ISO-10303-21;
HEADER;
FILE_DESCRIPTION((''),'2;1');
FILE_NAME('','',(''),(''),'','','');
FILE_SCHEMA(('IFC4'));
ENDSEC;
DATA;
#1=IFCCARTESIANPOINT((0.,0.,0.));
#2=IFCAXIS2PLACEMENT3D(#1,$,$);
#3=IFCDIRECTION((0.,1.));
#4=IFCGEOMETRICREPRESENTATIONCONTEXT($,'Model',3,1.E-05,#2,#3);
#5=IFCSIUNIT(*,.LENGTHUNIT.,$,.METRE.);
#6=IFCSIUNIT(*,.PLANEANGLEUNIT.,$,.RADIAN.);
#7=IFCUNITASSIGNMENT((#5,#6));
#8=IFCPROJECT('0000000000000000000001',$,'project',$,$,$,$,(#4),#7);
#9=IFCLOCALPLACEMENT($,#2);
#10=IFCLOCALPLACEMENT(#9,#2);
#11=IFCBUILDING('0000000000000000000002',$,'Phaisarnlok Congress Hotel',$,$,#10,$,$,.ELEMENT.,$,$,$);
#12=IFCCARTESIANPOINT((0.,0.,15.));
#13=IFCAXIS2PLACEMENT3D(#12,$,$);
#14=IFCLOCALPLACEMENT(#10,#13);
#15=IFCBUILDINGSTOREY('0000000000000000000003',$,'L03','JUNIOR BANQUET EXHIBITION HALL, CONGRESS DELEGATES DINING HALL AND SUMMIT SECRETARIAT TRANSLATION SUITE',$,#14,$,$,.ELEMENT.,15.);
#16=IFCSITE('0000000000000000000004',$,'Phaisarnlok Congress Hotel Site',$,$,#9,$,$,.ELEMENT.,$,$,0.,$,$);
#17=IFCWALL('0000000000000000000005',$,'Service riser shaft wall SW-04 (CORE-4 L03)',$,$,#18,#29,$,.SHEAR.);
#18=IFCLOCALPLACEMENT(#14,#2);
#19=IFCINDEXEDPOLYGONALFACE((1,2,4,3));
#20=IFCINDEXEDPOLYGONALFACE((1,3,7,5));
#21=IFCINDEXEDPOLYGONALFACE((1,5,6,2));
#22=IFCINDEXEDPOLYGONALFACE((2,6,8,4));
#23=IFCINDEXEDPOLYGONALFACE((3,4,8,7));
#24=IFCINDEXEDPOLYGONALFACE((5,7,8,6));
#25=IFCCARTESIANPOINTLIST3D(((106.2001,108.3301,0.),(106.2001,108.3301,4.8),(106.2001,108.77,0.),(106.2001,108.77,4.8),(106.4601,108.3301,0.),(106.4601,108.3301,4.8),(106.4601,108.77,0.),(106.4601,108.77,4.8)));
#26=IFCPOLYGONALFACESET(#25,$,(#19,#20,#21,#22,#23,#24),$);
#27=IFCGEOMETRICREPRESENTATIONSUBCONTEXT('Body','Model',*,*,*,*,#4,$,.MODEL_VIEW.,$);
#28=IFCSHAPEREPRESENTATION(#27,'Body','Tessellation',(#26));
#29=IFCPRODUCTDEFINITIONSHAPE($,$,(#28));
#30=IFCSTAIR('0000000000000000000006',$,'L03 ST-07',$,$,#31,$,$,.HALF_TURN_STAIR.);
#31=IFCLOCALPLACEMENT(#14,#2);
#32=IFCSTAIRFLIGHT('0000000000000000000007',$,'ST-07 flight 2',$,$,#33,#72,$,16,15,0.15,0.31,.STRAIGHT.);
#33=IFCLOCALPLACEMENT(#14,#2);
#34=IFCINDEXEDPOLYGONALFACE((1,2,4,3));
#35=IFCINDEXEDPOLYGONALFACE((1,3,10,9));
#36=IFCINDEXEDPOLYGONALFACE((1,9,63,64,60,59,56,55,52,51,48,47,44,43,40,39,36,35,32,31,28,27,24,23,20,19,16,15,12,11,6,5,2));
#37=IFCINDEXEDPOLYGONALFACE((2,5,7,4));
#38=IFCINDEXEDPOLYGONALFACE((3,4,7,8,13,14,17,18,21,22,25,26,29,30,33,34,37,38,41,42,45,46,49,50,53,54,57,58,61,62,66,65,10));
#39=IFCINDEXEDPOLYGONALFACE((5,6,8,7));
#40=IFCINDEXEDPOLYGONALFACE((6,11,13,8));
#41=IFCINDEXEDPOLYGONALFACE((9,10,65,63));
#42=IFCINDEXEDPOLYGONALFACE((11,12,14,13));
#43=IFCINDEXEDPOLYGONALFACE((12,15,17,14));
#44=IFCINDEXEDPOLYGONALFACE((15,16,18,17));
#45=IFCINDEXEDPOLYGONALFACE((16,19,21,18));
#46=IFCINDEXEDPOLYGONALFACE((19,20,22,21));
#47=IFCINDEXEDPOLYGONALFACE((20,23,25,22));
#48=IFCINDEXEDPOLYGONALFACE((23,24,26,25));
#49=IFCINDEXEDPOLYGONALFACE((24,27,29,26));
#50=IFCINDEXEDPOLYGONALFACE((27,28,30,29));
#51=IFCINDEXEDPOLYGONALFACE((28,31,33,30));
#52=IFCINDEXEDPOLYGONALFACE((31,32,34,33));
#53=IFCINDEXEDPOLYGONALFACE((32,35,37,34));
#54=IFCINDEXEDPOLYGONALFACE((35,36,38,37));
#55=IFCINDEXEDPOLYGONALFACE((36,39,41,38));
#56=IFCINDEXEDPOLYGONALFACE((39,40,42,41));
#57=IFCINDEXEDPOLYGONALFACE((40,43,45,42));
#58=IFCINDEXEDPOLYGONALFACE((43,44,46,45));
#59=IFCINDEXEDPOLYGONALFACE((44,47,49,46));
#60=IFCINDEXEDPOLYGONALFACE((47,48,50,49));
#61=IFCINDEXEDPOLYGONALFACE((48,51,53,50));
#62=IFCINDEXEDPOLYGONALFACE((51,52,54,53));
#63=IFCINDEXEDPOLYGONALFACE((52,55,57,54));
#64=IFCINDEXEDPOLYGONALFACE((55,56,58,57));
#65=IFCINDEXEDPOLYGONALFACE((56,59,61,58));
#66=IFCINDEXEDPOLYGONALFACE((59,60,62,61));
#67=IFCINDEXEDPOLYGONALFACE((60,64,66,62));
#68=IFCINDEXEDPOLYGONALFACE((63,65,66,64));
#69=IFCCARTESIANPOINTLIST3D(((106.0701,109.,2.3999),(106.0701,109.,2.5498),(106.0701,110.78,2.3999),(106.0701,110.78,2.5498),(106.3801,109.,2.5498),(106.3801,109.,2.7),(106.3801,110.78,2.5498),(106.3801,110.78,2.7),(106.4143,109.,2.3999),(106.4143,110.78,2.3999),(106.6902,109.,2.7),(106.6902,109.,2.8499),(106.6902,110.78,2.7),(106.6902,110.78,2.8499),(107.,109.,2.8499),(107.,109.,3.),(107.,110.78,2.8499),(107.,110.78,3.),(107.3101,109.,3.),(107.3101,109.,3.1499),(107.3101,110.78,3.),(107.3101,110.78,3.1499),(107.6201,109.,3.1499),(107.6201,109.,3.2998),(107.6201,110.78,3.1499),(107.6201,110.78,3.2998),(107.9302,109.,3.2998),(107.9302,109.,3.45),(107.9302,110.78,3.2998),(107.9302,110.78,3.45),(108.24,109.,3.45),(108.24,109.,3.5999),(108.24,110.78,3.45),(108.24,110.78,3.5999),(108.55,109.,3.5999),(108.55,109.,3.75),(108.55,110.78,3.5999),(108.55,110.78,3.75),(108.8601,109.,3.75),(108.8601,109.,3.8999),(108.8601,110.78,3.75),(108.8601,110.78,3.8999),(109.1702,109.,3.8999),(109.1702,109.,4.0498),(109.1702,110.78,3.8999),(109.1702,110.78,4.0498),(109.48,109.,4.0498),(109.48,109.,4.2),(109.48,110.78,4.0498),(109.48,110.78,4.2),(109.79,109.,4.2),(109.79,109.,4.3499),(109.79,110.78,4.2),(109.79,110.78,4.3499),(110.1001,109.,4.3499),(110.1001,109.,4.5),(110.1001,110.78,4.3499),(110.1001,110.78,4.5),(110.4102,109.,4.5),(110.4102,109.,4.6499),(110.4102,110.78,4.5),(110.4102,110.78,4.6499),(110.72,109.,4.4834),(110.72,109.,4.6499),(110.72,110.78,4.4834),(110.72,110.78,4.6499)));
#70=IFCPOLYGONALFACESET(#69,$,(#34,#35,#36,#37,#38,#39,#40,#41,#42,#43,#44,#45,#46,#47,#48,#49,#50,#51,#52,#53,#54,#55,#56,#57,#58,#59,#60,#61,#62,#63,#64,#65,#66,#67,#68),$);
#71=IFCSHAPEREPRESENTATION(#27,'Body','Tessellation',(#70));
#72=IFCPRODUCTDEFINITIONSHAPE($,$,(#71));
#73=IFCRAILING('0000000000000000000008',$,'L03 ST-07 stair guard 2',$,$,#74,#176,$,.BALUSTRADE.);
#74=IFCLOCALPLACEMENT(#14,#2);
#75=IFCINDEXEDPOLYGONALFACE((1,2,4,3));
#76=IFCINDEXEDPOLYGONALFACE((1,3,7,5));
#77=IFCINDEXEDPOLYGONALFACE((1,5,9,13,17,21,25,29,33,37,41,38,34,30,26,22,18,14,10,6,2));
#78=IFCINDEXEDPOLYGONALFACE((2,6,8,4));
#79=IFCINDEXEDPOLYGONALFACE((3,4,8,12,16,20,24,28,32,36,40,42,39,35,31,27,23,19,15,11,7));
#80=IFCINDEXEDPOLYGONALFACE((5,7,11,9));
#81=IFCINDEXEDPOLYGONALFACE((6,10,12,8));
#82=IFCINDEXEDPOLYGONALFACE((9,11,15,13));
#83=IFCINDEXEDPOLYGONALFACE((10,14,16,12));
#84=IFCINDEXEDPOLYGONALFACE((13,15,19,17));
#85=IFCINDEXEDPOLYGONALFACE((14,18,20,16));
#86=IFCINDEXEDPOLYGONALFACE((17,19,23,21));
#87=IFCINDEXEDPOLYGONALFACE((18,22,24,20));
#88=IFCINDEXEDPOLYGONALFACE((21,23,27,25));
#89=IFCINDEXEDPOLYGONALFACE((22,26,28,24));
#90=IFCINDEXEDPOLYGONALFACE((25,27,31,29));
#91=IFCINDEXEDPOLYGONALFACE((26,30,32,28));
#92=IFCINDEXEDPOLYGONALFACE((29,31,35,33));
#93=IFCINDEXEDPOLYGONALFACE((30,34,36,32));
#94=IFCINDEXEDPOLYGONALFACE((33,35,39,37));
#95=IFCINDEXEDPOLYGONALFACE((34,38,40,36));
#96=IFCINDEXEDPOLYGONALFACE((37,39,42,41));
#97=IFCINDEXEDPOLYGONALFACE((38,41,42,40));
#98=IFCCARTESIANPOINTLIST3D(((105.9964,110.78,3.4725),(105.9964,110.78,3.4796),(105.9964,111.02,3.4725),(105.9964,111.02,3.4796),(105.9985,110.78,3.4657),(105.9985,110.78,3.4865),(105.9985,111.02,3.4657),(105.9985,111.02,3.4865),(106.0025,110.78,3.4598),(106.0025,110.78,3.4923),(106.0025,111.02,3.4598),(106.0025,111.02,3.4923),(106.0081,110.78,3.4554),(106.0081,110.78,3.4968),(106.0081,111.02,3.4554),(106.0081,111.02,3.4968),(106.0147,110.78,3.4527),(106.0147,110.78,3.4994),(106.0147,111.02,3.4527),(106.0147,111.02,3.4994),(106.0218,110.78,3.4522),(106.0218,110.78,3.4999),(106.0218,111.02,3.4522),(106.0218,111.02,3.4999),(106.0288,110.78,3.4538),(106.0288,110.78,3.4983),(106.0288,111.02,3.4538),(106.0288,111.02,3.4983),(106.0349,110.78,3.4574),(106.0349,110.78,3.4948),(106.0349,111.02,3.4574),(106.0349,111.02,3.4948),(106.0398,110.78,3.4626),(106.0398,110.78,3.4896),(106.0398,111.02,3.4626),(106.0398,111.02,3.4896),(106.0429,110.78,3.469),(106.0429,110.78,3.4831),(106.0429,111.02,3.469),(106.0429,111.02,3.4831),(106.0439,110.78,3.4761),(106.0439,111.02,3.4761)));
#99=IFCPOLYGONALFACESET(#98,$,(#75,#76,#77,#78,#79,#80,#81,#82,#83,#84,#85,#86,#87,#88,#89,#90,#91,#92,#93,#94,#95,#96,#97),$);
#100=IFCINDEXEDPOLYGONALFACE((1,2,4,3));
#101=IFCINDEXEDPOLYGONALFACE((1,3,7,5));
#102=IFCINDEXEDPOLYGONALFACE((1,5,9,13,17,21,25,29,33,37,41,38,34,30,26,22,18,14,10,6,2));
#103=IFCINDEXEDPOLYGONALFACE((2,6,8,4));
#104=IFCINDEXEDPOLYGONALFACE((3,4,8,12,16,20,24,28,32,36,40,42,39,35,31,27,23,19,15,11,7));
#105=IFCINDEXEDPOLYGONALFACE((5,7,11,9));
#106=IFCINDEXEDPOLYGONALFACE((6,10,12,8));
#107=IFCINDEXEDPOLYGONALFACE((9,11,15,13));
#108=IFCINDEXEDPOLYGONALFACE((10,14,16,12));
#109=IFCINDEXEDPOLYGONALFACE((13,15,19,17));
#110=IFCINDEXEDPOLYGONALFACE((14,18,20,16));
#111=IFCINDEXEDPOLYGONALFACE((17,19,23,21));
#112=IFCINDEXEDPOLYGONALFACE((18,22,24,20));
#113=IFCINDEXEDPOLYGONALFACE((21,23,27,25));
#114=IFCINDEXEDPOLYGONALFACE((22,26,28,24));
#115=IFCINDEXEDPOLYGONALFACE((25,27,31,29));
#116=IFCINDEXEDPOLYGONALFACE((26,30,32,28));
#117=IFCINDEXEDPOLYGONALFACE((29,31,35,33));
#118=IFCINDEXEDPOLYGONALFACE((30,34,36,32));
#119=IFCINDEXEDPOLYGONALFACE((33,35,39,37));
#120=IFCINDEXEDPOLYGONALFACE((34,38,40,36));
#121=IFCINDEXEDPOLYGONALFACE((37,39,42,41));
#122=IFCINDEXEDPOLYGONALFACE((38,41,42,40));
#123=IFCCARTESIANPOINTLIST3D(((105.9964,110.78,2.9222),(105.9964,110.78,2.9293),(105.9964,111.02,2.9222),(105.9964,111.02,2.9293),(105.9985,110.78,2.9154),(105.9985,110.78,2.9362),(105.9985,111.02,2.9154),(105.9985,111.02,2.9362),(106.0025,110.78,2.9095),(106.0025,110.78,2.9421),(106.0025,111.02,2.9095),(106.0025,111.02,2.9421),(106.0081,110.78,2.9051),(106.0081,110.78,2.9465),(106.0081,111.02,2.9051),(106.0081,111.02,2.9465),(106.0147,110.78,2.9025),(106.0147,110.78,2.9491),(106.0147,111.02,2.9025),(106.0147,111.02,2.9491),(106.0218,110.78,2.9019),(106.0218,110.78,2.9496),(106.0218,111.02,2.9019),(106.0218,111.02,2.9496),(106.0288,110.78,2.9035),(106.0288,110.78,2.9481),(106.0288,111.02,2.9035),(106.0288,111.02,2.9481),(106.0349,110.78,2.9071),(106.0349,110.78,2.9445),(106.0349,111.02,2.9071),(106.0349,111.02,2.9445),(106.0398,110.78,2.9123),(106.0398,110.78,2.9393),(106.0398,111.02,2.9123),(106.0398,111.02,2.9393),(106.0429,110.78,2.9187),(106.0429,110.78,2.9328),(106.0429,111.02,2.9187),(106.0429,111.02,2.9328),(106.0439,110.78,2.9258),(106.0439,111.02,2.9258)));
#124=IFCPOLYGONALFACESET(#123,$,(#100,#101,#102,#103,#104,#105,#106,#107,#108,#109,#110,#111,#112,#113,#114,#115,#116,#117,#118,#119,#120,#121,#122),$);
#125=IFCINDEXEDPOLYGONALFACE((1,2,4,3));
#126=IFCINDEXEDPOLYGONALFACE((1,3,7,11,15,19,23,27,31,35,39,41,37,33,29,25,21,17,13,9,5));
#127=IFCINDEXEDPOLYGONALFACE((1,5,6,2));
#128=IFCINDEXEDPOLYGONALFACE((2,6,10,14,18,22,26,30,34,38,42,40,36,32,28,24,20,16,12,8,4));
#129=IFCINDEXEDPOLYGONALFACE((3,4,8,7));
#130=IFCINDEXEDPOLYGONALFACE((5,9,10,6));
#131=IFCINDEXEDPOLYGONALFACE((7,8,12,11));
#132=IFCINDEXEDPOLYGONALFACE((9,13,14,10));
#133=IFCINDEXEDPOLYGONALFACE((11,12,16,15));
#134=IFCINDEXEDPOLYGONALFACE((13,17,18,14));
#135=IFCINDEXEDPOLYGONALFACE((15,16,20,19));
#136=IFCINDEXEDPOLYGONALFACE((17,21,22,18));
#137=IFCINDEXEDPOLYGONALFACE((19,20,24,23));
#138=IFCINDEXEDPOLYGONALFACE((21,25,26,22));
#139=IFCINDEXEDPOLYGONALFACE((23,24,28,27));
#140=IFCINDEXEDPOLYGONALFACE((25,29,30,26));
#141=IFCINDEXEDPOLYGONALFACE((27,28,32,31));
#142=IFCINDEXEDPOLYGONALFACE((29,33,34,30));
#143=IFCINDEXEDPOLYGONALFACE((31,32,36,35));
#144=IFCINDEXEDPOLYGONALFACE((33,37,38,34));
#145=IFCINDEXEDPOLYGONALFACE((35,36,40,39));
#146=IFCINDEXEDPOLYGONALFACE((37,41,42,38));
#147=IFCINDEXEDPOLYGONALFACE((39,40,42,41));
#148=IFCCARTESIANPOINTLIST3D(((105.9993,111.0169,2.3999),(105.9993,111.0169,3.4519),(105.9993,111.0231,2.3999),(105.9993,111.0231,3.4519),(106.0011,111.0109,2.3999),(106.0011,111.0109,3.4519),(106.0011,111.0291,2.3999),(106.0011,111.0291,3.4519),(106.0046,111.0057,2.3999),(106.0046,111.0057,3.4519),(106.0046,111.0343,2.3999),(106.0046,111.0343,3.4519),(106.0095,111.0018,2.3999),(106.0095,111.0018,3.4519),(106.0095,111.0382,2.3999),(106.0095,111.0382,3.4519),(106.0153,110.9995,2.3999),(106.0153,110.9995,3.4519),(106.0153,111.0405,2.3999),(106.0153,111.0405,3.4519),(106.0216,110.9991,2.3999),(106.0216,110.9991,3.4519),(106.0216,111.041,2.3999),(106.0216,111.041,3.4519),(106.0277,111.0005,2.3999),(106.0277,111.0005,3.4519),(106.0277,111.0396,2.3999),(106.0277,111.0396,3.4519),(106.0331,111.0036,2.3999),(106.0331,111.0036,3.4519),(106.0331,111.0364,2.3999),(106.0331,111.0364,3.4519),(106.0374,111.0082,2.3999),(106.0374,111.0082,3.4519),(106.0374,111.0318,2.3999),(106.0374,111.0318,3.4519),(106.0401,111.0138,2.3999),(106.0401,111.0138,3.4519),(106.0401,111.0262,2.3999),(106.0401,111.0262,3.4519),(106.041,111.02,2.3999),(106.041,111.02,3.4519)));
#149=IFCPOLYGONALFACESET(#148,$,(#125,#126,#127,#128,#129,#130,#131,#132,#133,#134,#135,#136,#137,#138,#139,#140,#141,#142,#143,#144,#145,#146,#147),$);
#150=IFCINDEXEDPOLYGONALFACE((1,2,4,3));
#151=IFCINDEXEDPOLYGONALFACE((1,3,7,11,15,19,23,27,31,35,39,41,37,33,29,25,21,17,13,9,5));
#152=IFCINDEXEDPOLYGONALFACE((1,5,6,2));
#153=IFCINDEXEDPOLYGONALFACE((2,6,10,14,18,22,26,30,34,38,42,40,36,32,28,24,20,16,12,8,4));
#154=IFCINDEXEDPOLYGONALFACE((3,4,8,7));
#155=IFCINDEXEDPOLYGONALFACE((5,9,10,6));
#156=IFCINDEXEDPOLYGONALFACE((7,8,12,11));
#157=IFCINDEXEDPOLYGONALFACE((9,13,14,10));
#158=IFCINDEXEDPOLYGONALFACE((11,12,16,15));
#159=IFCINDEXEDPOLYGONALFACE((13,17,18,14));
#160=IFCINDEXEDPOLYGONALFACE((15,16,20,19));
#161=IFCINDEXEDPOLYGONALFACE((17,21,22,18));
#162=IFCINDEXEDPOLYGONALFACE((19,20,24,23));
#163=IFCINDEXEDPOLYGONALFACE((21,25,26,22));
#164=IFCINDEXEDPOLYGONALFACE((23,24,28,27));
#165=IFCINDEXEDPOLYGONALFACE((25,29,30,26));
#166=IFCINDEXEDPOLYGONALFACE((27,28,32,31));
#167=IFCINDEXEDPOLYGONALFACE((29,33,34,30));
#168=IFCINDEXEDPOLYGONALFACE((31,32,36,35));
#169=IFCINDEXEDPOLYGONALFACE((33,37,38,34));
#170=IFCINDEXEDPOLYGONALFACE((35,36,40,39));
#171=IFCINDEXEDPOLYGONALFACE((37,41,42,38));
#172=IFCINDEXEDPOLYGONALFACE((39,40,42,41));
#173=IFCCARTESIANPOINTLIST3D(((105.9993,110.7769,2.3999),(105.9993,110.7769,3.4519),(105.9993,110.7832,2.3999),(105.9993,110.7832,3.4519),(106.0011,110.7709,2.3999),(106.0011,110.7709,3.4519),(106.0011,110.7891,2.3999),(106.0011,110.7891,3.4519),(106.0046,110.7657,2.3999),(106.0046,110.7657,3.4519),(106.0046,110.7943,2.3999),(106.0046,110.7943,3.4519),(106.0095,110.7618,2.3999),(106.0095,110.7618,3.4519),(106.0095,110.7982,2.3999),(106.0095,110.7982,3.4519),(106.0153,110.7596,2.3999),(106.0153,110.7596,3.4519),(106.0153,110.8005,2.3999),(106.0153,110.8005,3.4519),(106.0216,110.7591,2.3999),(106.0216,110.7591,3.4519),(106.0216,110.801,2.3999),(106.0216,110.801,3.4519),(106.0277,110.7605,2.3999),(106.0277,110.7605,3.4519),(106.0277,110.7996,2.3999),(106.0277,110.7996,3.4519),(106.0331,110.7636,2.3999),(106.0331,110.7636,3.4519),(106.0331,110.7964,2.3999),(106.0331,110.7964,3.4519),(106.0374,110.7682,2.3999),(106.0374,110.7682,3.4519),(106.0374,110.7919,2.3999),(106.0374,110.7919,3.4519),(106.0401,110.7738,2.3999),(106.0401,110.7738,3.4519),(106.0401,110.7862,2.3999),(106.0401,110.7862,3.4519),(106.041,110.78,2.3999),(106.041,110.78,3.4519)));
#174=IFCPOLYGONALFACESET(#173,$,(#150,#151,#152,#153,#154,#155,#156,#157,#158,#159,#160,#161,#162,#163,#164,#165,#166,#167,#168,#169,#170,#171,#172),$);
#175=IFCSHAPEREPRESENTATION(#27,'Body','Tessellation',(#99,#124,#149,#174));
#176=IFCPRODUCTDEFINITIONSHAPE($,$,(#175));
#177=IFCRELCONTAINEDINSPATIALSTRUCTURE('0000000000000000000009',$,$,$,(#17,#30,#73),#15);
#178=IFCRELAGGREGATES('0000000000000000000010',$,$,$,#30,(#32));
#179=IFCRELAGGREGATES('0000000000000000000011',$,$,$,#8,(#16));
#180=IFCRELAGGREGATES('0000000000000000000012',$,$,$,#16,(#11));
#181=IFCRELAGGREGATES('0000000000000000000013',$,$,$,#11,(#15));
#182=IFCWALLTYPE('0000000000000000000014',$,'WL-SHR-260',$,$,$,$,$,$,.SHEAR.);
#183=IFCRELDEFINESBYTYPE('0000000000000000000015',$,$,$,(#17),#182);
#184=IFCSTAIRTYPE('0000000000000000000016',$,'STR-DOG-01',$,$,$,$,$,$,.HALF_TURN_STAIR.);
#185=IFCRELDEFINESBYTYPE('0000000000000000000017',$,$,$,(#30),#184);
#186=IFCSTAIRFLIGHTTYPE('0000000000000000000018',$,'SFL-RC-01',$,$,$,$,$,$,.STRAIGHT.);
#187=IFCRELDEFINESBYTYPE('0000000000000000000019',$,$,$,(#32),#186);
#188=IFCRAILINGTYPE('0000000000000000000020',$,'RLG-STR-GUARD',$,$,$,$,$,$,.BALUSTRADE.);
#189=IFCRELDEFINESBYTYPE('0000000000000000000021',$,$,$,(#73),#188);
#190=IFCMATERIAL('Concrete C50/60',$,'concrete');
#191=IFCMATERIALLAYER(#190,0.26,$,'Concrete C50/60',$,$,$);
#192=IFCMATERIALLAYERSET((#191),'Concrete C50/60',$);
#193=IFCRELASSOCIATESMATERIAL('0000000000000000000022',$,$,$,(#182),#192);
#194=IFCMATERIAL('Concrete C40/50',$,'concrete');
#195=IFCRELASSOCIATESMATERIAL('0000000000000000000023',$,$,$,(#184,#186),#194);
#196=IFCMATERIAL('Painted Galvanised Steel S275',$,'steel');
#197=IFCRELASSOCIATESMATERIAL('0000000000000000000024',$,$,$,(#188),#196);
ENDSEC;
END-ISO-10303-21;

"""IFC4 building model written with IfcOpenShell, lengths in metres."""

from ifc_helpers import new_model, si_unit, direction, frame, frame_2d, origin, origin_2d, place, context, subcontext, project, spatial, polyline, rectangle, circle, outline, extrude, material, layer, layer_set, type_object, element, aggregate, save


model = new_model("IFC4")

# Units and contexts
model_context = context("Model", 3, precision=1e-05, world=origin(), true_north=direction((0.0, 1.0)))
body_context = subcontext(model_context, "Body", "Model", "MODEL_VIEW")
ifc_project = project(units=[si_unit("LENGTHUNIT", "METRE"), si_unit("PLANEANGLEUNIT", "RADIAN")], contexts=[model_context])

# Site, building, storey
site_placement = place(None, origin())
site = spatial("IfcSite", under=ifc_project, at=site_placement, Name="Phaisarnlok Congress Hotel Site", CompositionType="ELEMENT", RefElevation=0.0)
building_placement = place(site_placement, origin())
building = spatial("IfcBuilding", under=site, at=building_placement, Name="Phaisarnlok Congress Hotel", CompositionType="ELEMENT")
storey_placement = place(building_placement, frame((0.0, 0.0, 15.0)))
storey = spatial("IfcBuildingStorey", under=building, at=storey_placement, Name="L03", Description="JUNIOR BANQUET EXHIBITION HALL, CONGRESS DELEGATES DINING HALL AND SUMMIT SECRETARIAT TRANSLATION SUITE", CompositionType="ELEMENT", Elevation=15.0)

# Shared definitions
ifc_material_1 = material(Name="Concrete C50/60", Category="concrete")

# Shared definitions
ifc_material_2 = material(Name="Concrete C40/50", Category="concrete")

# Wall
ifc_layer_1 = layer(ifc_material_1, 0.26, Name="Concrete C50/60")
ifc_layer_set_1 = layer_set([ifc_layer_1], Name="Concrete C50/60")
wall_type_1 = type_object("IfcWallType", Name="WL-SHR-260", PredefinedType="SHEAR", material=ifc_layer_set_1)
for number, where, z_axis, x_axis, name in (
    (1, (106.3301, 108.3301, 0.0), (0.0, 0.0, 1.0), (0.0, 1.0, 0.0), "Service riser shaft wall SW-04 (CORE-4 L03)"),
):
    element("IfcWall", number, at=place(storey_placement, frame(where, z_axis=z_axis, x_axis=x_axis)), inside=storey, type_object=wall_type_1, Name=name, PredefinedType="SHEAR", context=body_context, shape_type="SweptSolid", body=[
        extrude(rectangle(XDim=0.4399, YDim=0.26, at=frame_2d((0.22, 0.0))), origin(), (0.0, 0.0, 1.0), 4.8),
    ])

# Stair, stair flight
stair_type = type_object("IfcStairType", Name="STR-DOG-01", PredefinedType="HALF_TURN_STAIR", material=ifc_material_2)
stair_placement = place(storey_placement, origin())
stair = element("IfcStair", 2, at=stair_placement, inside=storey, type_object=stair_type, Name="L03 ST-07", PredefinedType="HALF_TURN_STAIR")
stair_flight_type = type_object("IfcStairFlightType", Name="SFL-RC-01", PredefinedType="STRAIGHT", material=ifc_material_2)
stair_flight_placement = place(storey_placement, frame((106.0701, 109.8899, 2.3999), z_axis=(0.0, 0.0, 1.0), x_axis=(1.0, 0.0, 0.0)))
stair_flight = element("IfcStairFlight", 3, at=stair_flight_placement, type_object=stair_flight_type, Name="ST-07 flight 2", NumberOfRisers=16, NumberOfTreads=15, PredefinedType="STRAIGHT", RiserHeight=0.15, TreadLength=0.31, context=body_context, shape_type="SweptSolid", body=[
    extrude(outline(polyline([(0.0, 0.0), (0.0, 0.1499), (0.3101, 0.1499), (0.3101, 0.3), (0.6201, 0.3), (0.6201, 0.45), (0.9299, 0.45), (0.9299, 0.6001), (1.24, 0.6001), (1.24, 0.75), (1.55, 0.75), (1.55, 0.8999), (1.8601, 0.8999), (1.8601, 1.05), (2.1699, 1.05), (2.1699, 1.2), (2.48, 1.2), (2.48, 1.3501), (2.79, 1.3501), (2.79, 1.5), (3.1001, 1.5), (3.1001, 1.6499), (3.4099, 1.6499), (3.4099, 1.8), (3.72, 1.8), (3.72, 1.95), (4.03, 1.95), (4.03, 2.1001), (4.3401, 2.1001), (4.3401, 2.25), (4.6499, 2.25), (4.6499, 2.3999), (4.6499, 2.0835), (0.3442, 0.0), (0.0, 0.0)])), frame((0.0, 0.8901, 0.0), z_axis=(0.0, -1.0, 0.0), x_axis=(1.0, 0.0, 0.0)), (0.0, 0.0, 1.0), 1.78),
])
aggregate(stair, [stair_flight])

# Railing
ifc_material_3 = material(Name="Painted Galvanised Steel S275", Category="steel")
railing_type_1 = type_object("IfcRailingType", Name="RLG-STR-GUARD", PredefinedType="BALUSTRADE", material=ifc_material_3)
railing_1_placement = place(storey_placement, frame((106.02, 111.02, 2.3999)))
element("IfcRailing", 4, at=railing_1_placement, inside=storey, type_object=railing_type_1, Name="L03 ST-07 stair guard 2", PredefinedType="BALUSTRADE", context=body_context, shape_type="SweptSolid", body=[
    extrude(circle(Radius=0.0239, at=origin_2d()), frame((0.0, 0.0, 1.0762), z_axis=(0.0, -1.0, 0.0), x_axis=(1.0, 0.0, 0.0)), (0.0, 0.0, 1.0), 0.24),
    extrude(circle(Radius=0.0239, at=origin_2d()), frame((0.0, 0.0, 0.5259), z_axis=(0.0, -1.0, 0.0), x_axis=(1.0, 0.0, 0.0)), (0.0, 0.0, 1.0), 0.24),
    extrude(circle(Radius=0.021, at=origin_2d()), origin(), (0.0, 0.0, 1.0), 1.052),
    extrude(circle(Radius=0.021, at=origin_2d()), frame((0.0, -0.24, 0.0)), (0.0, 0.0, 1.0), 1.052),
])

save(model, "model.ifc")
